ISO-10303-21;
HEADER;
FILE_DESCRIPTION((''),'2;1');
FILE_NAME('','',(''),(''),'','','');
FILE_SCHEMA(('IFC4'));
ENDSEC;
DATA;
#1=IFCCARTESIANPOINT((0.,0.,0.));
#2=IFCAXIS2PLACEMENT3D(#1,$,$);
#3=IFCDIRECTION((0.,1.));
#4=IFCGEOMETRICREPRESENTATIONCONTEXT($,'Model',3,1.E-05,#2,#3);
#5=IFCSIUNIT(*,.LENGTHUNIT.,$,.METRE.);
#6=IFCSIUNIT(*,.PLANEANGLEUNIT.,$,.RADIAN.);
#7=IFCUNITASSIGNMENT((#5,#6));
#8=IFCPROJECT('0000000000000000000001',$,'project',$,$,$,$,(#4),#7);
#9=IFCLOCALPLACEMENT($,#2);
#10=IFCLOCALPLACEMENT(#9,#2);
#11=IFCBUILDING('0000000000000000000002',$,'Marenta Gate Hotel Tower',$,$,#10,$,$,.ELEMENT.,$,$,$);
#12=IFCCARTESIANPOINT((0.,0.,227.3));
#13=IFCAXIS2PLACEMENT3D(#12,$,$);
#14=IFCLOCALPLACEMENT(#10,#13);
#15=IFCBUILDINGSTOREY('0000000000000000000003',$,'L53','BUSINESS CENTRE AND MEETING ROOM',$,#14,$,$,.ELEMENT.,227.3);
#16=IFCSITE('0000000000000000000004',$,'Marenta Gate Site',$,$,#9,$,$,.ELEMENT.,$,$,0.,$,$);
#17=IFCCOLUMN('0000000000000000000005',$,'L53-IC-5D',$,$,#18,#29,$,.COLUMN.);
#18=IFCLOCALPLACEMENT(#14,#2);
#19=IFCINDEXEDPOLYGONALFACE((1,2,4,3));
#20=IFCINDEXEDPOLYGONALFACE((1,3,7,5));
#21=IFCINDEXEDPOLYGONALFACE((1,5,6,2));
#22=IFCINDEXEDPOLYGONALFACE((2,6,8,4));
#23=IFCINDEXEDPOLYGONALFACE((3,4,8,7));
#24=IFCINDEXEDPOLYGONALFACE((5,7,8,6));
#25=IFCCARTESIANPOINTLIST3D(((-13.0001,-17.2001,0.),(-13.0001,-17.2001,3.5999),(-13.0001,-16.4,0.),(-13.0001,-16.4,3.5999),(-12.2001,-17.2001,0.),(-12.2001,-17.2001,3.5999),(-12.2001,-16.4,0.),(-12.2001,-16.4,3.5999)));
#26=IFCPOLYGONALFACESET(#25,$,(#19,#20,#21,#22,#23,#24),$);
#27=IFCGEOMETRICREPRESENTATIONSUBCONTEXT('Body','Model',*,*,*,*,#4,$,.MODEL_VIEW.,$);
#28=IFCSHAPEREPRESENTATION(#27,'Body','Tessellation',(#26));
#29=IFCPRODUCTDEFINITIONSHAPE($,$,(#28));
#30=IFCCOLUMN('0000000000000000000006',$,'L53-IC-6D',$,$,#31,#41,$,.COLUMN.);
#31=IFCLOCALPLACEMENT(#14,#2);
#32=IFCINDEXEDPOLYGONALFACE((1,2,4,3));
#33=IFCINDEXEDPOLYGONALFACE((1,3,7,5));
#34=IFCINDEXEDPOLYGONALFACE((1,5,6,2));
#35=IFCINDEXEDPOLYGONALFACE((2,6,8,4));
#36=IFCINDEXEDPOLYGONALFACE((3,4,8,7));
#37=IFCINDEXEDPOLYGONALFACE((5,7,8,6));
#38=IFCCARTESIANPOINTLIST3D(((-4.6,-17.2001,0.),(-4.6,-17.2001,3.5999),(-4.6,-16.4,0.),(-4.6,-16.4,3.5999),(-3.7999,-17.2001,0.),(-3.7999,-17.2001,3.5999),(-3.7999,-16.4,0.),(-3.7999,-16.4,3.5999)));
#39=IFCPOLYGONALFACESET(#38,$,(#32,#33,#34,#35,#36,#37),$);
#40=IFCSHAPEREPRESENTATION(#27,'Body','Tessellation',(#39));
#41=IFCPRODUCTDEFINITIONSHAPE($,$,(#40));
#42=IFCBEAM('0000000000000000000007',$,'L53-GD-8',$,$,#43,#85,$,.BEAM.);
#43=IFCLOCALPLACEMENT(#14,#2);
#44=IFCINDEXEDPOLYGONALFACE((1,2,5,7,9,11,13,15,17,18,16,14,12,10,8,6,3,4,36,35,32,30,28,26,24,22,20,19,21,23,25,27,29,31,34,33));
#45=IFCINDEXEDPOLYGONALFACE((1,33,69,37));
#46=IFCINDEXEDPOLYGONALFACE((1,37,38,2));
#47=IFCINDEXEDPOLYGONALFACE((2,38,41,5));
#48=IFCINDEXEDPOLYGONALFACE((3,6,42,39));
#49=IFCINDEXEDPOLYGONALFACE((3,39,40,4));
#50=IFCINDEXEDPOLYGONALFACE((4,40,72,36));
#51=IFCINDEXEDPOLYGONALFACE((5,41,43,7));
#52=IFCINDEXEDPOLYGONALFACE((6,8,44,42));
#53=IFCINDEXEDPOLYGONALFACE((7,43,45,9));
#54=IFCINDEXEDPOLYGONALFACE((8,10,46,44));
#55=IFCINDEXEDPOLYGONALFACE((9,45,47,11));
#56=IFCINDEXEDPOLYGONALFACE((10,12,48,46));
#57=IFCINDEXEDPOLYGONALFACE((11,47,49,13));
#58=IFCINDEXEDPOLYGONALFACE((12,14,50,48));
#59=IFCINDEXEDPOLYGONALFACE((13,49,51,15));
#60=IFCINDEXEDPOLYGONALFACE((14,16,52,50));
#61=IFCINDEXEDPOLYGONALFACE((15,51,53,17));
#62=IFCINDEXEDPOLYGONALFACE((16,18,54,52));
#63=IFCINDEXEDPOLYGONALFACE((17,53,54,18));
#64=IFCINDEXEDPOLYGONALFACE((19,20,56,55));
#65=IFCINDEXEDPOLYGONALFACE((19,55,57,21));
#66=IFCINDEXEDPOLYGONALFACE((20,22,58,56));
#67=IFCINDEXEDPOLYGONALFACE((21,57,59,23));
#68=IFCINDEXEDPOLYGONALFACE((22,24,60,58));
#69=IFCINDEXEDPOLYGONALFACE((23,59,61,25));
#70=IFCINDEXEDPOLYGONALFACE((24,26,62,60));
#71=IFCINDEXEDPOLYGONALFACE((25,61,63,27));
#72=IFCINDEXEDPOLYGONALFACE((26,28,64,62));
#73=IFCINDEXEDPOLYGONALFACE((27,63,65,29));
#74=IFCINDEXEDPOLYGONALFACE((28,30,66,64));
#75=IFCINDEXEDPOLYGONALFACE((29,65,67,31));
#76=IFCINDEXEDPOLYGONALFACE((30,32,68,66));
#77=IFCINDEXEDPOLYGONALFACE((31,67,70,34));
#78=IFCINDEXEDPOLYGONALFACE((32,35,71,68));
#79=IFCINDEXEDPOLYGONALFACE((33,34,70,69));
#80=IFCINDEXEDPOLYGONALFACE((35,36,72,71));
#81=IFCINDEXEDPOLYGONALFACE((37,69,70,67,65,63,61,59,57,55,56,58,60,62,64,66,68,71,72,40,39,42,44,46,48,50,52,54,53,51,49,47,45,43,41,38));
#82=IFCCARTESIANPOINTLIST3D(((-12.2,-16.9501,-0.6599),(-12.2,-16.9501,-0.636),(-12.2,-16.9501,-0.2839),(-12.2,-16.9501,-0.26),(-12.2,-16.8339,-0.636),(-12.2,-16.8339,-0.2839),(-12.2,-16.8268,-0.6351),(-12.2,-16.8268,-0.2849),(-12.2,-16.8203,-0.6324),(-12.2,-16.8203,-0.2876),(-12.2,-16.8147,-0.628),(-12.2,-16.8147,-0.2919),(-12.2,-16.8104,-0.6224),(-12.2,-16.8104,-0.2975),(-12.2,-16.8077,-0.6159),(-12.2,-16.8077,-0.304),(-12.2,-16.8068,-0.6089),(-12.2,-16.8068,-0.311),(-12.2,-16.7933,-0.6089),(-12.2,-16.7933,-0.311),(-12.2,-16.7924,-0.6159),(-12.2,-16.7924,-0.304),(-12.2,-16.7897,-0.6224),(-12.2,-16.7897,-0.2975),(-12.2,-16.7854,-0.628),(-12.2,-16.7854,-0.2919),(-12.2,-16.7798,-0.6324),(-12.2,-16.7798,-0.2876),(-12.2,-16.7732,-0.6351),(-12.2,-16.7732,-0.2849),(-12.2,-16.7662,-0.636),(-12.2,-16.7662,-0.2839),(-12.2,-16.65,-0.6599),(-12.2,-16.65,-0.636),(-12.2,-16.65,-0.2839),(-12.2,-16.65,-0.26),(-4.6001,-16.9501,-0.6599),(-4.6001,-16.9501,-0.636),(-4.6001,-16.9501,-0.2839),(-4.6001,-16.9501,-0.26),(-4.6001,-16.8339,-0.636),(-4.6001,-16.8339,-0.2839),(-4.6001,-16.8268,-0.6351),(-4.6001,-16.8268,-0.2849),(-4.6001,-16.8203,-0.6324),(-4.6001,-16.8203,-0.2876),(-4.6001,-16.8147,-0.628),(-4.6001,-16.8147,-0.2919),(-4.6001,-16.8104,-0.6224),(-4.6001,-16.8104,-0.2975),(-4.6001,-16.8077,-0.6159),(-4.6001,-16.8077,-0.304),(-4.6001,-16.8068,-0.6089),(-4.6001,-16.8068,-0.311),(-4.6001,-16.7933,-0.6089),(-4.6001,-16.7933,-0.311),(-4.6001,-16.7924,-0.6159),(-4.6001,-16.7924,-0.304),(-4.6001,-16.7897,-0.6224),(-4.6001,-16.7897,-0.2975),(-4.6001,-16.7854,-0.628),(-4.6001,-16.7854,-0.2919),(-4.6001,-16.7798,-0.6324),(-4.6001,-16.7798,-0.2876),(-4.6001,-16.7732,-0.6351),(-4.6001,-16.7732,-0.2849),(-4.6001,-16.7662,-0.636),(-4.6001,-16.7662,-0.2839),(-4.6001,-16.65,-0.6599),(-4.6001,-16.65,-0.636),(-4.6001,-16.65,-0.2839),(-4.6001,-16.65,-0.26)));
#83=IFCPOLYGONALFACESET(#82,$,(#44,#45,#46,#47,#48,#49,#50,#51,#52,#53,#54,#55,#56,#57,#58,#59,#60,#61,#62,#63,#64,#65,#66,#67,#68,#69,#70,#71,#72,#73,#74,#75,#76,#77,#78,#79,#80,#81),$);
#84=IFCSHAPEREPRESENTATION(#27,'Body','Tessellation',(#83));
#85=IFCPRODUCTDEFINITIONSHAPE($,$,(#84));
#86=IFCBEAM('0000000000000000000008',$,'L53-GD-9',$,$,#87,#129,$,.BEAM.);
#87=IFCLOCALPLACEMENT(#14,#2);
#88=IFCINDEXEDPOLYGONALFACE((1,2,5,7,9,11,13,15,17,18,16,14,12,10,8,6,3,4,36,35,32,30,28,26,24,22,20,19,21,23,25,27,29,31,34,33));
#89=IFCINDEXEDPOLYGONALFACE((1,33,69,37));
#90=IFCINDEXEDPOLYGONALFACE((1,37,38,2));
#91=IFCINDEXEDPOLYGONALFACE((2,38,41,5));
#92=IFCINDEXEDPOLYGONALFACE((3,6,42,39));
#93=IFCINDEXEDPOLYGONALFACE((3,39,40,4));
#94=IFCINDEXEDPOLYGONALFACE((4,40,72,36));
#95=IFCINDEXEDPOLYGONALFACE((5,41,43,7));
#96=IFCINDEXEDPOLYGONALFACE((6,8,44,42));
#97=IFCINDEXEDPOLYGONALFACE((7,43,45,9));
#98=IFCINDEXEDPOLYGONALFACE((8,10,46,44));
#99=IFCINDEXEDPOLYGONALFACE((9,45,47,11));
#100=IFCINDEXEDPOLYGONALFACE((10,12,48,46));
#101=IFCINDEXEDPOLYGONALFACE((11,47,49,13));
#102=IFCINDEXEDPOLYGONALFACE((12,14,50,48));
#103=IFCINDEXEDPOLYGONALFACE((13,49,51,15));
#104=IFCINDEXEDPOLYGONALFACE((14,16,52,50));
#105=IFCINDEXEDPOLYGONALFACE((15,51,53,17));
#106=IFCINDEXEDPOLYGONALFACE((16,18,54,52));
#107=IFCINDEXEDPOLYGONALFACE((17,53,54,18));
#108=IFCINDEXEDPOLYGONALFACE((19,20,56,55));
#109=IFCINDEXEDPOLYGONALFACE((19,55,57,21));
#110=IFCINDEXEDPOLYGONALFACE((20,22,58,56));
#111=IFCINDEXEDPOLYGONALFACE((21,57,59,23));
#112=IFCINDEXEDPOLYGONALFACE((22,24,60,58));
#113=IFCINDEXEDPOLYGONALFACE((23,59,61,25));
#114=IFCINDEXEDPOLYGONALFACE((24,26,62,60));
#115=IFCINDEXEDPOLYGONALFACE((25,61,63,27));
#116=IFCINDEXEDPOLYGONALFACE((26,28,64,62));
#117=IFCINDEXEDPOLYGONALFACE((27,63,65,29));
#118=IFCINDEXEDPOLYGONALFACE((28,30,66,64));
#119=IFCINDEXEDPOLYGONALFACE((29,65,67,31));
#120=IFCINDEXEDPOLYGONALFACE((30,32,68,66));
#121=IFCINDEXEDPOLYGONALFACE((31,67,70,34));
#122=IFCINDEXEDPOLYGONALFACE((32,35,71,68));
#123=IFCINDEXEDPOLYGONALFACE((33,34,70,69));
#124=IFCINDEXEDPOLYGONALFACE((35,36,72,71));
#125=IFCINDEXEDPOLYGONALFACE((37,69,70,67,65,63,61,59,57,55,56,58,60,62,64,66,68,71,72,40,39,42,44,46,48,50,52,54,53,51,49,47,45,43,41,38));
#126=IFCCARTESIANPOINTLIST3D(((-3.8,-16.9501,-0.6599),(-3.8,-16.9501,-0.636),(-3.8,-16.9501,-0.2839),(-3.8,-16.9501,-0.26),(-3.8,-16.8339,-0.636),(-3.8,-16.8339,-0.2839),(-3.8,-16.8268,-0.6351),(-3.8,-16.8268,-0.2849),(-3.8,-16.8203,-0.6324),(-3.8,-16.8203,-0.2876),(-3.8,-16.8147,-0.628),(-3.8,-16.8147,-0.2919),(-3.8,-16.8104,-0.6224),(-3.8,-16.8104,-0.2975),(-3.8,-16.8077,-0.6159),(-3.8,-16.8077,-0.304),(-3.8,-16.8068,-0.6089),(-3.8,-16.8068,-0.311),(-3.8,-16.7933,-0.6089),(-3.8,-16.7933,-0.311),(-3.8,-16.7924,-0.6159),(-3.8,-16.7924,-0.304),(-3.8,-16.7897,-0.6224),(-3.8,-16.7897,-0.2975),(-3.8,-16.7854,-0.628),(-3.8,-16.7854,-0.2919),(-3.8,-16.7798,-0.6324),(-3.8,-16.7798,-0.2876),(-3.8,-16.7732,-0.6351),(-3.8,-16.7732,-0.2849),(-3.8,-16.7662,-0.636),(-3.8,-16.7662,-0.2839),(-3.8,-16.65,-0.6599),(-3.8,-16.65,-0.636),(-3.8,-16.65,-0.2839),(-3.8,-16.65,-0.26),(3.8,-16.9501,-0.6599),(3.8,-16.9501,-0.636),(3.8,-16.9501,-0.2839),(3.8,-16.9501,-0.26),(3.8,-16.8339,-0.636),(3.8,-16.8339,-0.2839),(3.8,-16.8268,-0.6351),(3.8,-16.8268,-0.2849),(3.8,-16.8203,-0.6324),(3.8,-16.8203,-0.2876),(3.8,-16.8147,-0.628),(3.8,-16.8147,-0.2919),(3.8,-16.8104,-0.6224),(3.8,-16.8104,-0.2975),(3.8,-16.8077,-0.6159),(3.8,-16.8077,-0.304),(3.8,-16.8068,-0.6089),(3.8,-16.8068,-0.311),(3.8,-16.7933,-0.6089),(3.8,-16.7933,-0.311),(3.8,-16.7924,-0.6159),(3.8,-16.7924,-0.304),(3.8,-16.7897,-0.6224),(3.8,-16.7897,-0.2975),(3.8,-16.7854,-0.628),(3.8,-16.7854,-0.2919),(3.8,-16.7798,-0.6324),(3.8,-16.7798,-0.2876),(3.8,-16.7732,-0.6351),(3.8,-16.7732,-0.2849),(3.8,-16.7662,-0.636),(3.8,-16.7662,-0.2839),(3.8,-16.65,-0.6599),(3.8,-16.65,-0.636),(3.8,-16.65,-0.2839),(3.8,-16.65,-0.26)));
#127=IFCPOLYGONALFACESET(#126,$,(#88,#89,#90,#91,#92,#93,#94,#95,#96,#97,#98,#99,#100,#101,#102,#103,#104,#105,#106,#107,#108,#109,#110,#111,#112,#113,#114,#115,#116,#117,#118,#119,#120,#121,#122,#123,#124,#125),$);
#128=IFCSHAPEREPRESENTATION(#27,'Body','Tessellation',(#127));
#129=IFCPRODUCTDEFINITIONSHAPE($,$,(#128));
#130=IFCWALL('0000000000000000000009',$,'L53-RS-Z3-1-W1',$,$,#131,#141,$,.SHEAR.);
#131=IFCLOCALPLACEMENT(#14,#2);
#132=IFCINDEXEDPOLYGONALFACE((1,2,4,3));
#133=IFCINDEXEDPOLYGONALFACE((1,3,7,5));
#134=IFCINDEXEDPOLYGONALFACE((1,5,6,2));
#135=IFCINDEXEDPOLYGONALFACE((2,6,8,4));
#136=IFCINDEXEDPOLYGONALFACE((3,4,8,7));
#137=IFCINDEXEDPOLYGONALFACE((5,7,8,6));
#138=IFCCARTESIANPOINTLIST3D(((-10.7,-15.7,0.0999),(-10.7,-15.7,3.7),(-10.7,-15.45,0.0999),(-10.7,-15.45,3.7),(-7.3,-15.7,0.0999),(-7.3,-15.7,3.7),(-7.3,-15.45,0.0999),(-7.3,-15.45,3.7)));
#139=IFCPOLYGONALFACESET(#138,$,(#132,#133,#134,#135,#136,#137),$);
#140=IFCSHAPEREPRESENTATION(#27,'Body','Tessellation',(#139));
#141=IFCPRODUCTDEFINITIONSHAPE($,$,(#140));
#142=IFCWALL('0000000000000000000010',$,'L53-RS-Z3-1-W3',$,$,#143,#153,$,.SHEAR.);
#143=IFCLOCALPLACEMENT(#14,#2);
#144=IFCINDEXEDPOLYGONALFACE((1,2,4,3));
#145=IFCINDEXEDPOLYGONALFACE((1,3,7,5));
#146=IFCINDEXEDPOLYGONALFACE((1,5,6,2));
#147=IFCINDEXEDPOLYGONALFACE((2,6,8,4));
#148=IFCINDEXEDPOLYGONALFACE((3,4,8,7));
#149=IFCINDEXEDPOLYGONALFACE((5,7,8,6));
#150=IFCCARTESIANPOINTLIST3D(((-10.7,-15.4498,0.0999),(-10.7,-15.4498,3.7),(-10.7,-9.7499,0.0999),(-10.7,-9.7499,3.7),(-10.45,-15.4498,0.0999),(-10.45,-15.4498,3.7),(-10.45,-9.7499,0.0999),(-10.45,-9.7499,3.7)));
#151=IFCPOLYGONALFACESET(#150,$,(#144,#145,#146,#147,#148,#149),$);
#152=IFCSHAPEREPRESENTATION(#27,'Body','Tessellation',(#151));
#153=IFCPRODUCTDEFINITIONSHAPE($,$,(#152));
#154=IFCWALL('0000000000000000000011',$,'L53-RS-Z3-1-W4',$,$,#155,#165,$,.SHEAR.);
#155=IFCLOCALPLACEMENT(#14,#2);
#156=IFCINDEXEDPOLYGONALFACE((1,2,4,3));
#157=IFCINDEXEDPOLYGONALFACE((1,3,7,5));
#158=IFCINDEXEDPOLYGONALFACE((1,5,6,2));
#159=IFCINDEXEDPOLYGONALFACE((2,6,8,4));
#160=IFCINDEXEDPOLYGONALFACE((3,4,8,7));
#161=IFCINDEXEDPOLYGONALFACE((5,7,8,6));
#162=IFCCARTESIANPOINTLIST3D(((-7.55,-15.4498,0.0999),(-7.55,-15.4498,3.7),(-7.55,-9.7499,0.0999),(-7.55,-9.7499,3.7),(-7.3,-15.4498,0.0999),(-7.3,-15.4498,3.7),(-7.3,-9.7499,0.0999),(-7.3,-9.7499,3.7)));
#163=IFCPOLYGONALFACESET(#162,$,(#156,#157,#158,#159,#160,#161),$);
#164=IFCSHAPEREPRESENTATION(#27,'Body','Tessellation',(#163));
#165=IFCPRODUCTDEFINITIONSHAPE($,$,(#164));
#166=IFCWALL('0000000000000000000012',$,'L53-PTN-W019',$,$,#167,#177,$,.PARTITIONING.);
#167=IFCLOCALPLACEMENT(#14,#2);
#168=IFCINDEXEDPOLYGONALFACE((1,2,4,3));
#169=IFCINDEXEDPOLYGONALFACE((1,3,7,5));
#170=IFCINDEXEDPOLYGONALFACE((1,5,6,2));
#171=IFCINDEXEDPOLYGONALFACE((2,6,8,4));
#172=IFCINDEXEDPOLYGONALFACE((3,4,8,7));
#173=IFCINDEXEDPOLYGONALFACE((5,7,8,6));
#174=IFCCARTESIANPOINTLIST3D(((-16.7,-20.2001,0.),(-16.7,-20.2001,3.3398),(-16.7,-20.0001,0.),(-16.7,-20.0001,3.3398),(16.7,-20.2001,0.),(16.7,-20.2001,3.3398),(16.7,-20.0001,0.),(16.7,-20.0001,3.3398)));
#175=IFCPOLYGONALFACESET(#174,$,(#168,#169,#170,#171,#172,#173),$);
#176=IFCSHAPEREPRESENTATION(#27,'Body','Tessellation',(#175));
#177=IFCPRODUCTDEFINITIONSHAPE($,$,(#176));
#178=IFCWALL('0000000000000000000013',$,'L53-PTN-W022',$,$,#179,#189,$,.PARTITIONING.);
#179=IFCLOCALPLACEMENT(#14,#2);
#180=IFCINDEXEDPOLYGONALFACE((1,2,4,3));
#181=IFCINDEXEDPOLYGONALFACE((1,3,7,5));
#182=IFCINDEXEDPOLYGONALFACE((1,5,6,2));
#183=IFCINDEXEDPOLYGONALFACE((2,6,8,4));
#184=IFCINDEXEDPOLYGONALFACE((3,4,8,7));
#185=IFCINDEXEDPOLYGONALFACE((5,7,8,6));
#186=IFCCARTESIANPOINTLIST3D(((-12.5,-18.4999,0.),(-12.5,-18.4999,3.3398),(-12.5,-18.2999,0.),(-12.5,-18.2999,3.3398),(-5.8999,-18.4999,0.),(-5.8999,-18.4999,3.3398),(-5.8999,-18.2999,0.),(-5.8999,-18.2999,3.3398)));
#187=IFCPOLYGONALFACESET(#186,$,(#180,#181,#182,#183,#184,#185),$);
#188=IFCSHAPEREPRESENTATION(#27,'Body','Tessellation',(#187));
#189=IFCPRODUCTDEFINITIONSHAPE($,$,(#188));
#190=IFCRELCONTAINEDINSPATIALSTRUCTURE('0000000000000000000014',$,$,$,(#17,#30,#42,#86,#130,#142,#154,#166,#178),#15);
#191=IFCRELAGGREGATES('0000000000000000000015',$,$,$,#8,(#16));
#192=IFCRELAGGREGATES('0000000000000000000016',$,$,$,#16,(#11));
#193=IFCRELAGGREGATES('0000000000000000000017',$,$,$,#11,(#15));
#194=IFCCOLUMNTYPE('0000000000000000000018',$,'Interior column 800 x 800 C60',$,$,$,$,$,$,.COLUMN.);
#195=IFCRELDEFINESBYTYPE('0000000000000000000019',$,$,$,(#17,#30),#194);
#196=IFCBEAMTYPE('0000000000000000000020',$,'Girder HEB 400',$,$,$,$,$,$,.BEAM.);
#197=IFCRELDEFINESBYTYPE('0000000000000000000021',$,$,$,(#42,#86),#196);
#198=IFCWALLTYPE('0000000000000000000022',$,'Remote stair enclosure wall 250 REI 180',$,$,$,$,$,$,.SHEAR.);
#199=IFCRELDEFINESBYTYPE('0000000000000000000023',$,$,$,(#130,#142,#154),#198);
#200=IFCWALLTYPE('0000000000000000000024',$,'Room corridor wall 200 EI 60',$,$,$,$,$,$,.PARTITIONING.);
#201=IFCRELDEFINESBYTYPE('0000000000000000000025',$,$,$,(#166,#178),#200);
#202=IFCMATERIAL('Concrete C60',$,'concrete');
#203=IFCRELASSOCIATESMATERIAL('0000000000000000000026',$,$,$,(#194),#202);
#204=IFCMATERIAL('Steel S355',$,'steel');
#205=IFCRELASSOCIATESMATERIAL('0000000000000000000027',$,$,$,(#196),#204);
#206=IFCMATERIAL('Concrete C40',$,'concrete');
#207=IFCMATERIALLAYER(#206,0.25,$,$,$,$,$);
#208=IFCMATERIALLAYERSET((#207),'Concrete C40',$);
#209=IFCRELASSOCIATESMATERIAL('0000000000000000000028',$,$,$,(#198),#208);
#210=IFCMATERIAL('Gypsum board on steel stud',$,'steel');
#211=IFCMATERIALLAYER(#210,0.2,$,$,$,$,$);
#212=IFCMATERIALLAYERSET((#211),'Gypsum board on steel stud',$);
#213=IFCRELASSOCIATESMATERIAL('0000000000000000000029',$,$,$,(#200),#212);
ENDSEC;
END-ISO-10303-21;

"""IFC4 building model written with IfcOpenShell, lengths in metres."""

from ifc_helpers import new_model, si_unit, direction, frame, frame_2d, origin, origin_2d, place, context, subcontext, project, spatial, rectangle, i_section, extrude, material, layer, layer_set, material_profile, profile_set, type_object, element, save


model = new_model("IFC4")

# Units and contexts
model_context = context("Model", 3, precision=1e-05, world=origin(), true_north=direction((0.0, 1.0)))
body_context = subcontext(model_context, "Body", "Model", "MODEL_VIEW")
ifc_project = project(units=[si_unit("LENGTHUNIT", "METRE"), si_unit("PLANEANGLEUNIT", "RADIAN")], contexts=[model_context])

# Site, building, storey
site_placement = place(None, origin())
site = spatial("IfcSite", under=ifc_project, at=site_placement, Name="Marenta Gate Site", CompositionType="ELEMENT", RefElevation=0.0)
building_placement = place(site_placement, origin())
building = spatial("IfcBuilding", under=site, at=building_placement, Name="Marenta Gate Hotel Tower", CompositionType="ELEMENT")
storey_placement = place(building_placement, frame((0.0, 0.0, 227.3)))
storey = spatial("IfcBuildingStorey", under=building, at=storey_placement, Name="L53", Description="BUSINESS CENTRE AND MEETING ROOM", CompositionType="ELEMENT", Elevation=227.3)

# Columns
ifc_material_1 = material(Name="Concrete C60", Category="concrete")
ifc_material_profile_1 = material_profile(ifc_material_1, rectangle(XDim=0.8, YDim=0.8, at=origin_2d()), Name="800 x 800")
ifc_profile_set_1 = profile_set([ifc_material_profile_1], Name="Concrete C60")
column_type = type_object("IfcColumnType", Name="Interior column 800 x 800 C60", PredefinedType="COLUMN", material=ifc_profile_set_1)
for number, where, z_axis, x_axis, name in (
    (1, (-12.6001, -16.8, 0.0), (0.0, 0.0, 1.0), (1.0, 0.0, 0.0), "L53-IC-5D"),
    (2, (-4.2, -16.8, 0.0), (0.0, 0.0, 1.0), (1.0, 0.0, 0.0), "L53-IC-6D"),
):
    element("IfcColumn", number, at=place(storey_placement, frame(where, z_axis=z_axis, x_axis=x_axis)), inside=storey, type_object=column_type, Name=name, PredefinedType="COLUMN", context=body_context, shape_type="SweptSolid", body=[
        extrude(rectangle(XDim=0.8, YDim=0.8, at=origin_2d()), origin(), (0.0, 0.0, 1.0), 3.5999),
    ])

# Beams
ifc_material_2 = material(Name="Steel S355", Category="steel")
ifc_material_profile_2 = material_profile(ifc_material_2, i_section(OverallWidth=0.3, OverallDepth=0.3999, WebThickness=0.0134, FlangeThickness=0.0239, FilletRadius=0.0271, at=origin_2d()), Name="HEB 400")
ifc_profile_set_2 = profile_set([ifc_material_profile_2], Name="Steel S355")
beam_type = type_object("IfcBeamType", Name="Girder HEB 400", PredefinedType="BEAM", material=ifc_profile_set_2)
beam_1_placement = place(storey_placement, frame((-12.2, -16.8, -0.46), z_axis=(1.0, 0.0, 0.0), x_axis=(0.0, 1.0, 0.0)))
element("IfcBeam", 3, at=beam_1_placement, inside=storey, type_object=beam_type, Name="L53-GD-8", PredefinedType="BEAM", context=body_context, shape_type="SweptSolid", body=[
    extrude(i_section(OverallWidth=0.3, OverallDepth=0.3999, WebThickness=0.0134, FlangeThickness=0.0239, FilletRadius=0.0271, at=origin_2d()), origin(), (0.0, 0.0, 1.0), 7.5999),
])
beam_2_placement = place(storey_placement, frame((-3.8, -16.8, -0.46), z_axis=(1.0, 0.0, 0.0), x_axis=(0.0, 1.0, 0.0)))
element("IfcBeam", 4, at=beam_2_placement, inside=storey, type_object=beam_type, Name="L53-GD-9", PredefinedType="BEAM", context=body_context, shape_type="SweptSolid", body=[
    extrude(i_section(OverallWidth=0.3, OverallDepth=0.3999, WebThickness=0.0134, FlangeThickness=0.0239, FilletRadius=0.0271, at=origin_2d()), origin(), (0.0, 0.0, 1.0), 7.6001),
])

# Walls
ifc_material_3 = material(Name="Concrete C40", Category="concrete")
ifc_layer_1 = layer(ifc_material_3, 0.25)
ifc_layer_set_1 = layer_set([ifc_layer_1], Name="Concrete C40")
wall_type_1 = type_object("IfcWallType", Name="Remote stair enclosure wall 250 REI 180", PredefinedType="SHEAR", material=ifc_layer_set_1)
wall_1_placement = place(storey_placement, frame((-10.7, -15.575, 0.0999), z_axis=(0.0, 0.0, 1.0), x_axis=(1.0, 0.0, 0.0)))
element("IfcWall", 5, at=wall_1_placement, inside=storey, type_object=wall_type_1, Name="L53-RS-Z3-1-W1", PredefinedType="SHEAR", context=body_context, shape_type="SweptSolid", body=[
    extrude(rectangle(XDim=3.3999, YDim=0.25, at=frame_2d((1.7, 0.0))), origin(), (0.0, 0.0, 1.0), 3.6001),
])
for number, where, z_axis, x_axis, name in (
    (6, (-10.575, -15.45, 0.0999), (0.0, 0.0, 1.0), (0.0, 1.0, 0.0), "L53-RS-Z3-1-W3"),
    (7, (-7.425, -15.45, 0.0999), (0.0, 0.0, 1.0), (0.0, 1.0, 0.0), "L53-RS-Z3-1-W4"),
):
    element("IfcWall", number, at=place(storey_placement, frame(where, z_axis=z_axis, x_axis=x_axis)), inside=storey, type_object=wall_type_1, Name=name, PredefinedType="SHEAR", context=body_context, shape_type="SweptSolid", body=[
        extrude(rectangle(XDim=5.7, YDim=0.25, at=frame_2d((2.8501, 0.0))), origin(), (0.0, 0.0, 1.0), 3.6001),
    ])

# Shared definitions
ifc_material_4 = material(Name="Gypsum board on steel stud", Category="steel")
ifc_layer_2 = layer(ifc_material_4, 0.2)
ifc_layer_set_2 = layer_set([ifc_layer_2], Name="Gypsum board on steel stud")
wall_type_2 = type_object("IfcWallType", Name="Room corridor wall 200 EI 60", PredefinedType="PARTITIONING", material=ifc_layer_set_2)

# Walls
wall_2_placement = place(storey_placement, frame((-16.7, -20.1001, 0.0), z_axis=(0.0, 0.0, 1.0), x_axis=(1.0, 0.0, 0.0)))
element("IfcWall", 8, at=wall_2_placement, inside=storey, type_object=wall_type_2, Name="L53-PTN-W019", PredefinedType="PARTITIONING", context=body_context, shape_type="SweptSolid", body=[
    extrude(rectangle(XDim=33.3999, YDim=0.2, at=frame_2d((16.7, 0.0))), origin(), (0.0, 0.0, 1.0), 3.3398),
])
wall_3_placement = place(storey_placement, frame((-12.5, -18.3999, 0.0), z_axis=(0.0, 0.0, 1.0), x_axis=(1.0, 0.0, 0.0)))
element("IfcWall", 9, at=wall_3_placement, inside=storey, type_object=wall_type_2, Name="L53-PTN-W022", PredefinedType="PARTITIONING", context=body_context, shape_type="SweptSolid", body=[
    extrude(rectangle(XDim=6.6001, YDim=0.2, at=frame_2d((3.3, 0.0))), origin(), (0.0, 0.0, 1.0), 3.3398),
])

save(model, "model.ifc")
